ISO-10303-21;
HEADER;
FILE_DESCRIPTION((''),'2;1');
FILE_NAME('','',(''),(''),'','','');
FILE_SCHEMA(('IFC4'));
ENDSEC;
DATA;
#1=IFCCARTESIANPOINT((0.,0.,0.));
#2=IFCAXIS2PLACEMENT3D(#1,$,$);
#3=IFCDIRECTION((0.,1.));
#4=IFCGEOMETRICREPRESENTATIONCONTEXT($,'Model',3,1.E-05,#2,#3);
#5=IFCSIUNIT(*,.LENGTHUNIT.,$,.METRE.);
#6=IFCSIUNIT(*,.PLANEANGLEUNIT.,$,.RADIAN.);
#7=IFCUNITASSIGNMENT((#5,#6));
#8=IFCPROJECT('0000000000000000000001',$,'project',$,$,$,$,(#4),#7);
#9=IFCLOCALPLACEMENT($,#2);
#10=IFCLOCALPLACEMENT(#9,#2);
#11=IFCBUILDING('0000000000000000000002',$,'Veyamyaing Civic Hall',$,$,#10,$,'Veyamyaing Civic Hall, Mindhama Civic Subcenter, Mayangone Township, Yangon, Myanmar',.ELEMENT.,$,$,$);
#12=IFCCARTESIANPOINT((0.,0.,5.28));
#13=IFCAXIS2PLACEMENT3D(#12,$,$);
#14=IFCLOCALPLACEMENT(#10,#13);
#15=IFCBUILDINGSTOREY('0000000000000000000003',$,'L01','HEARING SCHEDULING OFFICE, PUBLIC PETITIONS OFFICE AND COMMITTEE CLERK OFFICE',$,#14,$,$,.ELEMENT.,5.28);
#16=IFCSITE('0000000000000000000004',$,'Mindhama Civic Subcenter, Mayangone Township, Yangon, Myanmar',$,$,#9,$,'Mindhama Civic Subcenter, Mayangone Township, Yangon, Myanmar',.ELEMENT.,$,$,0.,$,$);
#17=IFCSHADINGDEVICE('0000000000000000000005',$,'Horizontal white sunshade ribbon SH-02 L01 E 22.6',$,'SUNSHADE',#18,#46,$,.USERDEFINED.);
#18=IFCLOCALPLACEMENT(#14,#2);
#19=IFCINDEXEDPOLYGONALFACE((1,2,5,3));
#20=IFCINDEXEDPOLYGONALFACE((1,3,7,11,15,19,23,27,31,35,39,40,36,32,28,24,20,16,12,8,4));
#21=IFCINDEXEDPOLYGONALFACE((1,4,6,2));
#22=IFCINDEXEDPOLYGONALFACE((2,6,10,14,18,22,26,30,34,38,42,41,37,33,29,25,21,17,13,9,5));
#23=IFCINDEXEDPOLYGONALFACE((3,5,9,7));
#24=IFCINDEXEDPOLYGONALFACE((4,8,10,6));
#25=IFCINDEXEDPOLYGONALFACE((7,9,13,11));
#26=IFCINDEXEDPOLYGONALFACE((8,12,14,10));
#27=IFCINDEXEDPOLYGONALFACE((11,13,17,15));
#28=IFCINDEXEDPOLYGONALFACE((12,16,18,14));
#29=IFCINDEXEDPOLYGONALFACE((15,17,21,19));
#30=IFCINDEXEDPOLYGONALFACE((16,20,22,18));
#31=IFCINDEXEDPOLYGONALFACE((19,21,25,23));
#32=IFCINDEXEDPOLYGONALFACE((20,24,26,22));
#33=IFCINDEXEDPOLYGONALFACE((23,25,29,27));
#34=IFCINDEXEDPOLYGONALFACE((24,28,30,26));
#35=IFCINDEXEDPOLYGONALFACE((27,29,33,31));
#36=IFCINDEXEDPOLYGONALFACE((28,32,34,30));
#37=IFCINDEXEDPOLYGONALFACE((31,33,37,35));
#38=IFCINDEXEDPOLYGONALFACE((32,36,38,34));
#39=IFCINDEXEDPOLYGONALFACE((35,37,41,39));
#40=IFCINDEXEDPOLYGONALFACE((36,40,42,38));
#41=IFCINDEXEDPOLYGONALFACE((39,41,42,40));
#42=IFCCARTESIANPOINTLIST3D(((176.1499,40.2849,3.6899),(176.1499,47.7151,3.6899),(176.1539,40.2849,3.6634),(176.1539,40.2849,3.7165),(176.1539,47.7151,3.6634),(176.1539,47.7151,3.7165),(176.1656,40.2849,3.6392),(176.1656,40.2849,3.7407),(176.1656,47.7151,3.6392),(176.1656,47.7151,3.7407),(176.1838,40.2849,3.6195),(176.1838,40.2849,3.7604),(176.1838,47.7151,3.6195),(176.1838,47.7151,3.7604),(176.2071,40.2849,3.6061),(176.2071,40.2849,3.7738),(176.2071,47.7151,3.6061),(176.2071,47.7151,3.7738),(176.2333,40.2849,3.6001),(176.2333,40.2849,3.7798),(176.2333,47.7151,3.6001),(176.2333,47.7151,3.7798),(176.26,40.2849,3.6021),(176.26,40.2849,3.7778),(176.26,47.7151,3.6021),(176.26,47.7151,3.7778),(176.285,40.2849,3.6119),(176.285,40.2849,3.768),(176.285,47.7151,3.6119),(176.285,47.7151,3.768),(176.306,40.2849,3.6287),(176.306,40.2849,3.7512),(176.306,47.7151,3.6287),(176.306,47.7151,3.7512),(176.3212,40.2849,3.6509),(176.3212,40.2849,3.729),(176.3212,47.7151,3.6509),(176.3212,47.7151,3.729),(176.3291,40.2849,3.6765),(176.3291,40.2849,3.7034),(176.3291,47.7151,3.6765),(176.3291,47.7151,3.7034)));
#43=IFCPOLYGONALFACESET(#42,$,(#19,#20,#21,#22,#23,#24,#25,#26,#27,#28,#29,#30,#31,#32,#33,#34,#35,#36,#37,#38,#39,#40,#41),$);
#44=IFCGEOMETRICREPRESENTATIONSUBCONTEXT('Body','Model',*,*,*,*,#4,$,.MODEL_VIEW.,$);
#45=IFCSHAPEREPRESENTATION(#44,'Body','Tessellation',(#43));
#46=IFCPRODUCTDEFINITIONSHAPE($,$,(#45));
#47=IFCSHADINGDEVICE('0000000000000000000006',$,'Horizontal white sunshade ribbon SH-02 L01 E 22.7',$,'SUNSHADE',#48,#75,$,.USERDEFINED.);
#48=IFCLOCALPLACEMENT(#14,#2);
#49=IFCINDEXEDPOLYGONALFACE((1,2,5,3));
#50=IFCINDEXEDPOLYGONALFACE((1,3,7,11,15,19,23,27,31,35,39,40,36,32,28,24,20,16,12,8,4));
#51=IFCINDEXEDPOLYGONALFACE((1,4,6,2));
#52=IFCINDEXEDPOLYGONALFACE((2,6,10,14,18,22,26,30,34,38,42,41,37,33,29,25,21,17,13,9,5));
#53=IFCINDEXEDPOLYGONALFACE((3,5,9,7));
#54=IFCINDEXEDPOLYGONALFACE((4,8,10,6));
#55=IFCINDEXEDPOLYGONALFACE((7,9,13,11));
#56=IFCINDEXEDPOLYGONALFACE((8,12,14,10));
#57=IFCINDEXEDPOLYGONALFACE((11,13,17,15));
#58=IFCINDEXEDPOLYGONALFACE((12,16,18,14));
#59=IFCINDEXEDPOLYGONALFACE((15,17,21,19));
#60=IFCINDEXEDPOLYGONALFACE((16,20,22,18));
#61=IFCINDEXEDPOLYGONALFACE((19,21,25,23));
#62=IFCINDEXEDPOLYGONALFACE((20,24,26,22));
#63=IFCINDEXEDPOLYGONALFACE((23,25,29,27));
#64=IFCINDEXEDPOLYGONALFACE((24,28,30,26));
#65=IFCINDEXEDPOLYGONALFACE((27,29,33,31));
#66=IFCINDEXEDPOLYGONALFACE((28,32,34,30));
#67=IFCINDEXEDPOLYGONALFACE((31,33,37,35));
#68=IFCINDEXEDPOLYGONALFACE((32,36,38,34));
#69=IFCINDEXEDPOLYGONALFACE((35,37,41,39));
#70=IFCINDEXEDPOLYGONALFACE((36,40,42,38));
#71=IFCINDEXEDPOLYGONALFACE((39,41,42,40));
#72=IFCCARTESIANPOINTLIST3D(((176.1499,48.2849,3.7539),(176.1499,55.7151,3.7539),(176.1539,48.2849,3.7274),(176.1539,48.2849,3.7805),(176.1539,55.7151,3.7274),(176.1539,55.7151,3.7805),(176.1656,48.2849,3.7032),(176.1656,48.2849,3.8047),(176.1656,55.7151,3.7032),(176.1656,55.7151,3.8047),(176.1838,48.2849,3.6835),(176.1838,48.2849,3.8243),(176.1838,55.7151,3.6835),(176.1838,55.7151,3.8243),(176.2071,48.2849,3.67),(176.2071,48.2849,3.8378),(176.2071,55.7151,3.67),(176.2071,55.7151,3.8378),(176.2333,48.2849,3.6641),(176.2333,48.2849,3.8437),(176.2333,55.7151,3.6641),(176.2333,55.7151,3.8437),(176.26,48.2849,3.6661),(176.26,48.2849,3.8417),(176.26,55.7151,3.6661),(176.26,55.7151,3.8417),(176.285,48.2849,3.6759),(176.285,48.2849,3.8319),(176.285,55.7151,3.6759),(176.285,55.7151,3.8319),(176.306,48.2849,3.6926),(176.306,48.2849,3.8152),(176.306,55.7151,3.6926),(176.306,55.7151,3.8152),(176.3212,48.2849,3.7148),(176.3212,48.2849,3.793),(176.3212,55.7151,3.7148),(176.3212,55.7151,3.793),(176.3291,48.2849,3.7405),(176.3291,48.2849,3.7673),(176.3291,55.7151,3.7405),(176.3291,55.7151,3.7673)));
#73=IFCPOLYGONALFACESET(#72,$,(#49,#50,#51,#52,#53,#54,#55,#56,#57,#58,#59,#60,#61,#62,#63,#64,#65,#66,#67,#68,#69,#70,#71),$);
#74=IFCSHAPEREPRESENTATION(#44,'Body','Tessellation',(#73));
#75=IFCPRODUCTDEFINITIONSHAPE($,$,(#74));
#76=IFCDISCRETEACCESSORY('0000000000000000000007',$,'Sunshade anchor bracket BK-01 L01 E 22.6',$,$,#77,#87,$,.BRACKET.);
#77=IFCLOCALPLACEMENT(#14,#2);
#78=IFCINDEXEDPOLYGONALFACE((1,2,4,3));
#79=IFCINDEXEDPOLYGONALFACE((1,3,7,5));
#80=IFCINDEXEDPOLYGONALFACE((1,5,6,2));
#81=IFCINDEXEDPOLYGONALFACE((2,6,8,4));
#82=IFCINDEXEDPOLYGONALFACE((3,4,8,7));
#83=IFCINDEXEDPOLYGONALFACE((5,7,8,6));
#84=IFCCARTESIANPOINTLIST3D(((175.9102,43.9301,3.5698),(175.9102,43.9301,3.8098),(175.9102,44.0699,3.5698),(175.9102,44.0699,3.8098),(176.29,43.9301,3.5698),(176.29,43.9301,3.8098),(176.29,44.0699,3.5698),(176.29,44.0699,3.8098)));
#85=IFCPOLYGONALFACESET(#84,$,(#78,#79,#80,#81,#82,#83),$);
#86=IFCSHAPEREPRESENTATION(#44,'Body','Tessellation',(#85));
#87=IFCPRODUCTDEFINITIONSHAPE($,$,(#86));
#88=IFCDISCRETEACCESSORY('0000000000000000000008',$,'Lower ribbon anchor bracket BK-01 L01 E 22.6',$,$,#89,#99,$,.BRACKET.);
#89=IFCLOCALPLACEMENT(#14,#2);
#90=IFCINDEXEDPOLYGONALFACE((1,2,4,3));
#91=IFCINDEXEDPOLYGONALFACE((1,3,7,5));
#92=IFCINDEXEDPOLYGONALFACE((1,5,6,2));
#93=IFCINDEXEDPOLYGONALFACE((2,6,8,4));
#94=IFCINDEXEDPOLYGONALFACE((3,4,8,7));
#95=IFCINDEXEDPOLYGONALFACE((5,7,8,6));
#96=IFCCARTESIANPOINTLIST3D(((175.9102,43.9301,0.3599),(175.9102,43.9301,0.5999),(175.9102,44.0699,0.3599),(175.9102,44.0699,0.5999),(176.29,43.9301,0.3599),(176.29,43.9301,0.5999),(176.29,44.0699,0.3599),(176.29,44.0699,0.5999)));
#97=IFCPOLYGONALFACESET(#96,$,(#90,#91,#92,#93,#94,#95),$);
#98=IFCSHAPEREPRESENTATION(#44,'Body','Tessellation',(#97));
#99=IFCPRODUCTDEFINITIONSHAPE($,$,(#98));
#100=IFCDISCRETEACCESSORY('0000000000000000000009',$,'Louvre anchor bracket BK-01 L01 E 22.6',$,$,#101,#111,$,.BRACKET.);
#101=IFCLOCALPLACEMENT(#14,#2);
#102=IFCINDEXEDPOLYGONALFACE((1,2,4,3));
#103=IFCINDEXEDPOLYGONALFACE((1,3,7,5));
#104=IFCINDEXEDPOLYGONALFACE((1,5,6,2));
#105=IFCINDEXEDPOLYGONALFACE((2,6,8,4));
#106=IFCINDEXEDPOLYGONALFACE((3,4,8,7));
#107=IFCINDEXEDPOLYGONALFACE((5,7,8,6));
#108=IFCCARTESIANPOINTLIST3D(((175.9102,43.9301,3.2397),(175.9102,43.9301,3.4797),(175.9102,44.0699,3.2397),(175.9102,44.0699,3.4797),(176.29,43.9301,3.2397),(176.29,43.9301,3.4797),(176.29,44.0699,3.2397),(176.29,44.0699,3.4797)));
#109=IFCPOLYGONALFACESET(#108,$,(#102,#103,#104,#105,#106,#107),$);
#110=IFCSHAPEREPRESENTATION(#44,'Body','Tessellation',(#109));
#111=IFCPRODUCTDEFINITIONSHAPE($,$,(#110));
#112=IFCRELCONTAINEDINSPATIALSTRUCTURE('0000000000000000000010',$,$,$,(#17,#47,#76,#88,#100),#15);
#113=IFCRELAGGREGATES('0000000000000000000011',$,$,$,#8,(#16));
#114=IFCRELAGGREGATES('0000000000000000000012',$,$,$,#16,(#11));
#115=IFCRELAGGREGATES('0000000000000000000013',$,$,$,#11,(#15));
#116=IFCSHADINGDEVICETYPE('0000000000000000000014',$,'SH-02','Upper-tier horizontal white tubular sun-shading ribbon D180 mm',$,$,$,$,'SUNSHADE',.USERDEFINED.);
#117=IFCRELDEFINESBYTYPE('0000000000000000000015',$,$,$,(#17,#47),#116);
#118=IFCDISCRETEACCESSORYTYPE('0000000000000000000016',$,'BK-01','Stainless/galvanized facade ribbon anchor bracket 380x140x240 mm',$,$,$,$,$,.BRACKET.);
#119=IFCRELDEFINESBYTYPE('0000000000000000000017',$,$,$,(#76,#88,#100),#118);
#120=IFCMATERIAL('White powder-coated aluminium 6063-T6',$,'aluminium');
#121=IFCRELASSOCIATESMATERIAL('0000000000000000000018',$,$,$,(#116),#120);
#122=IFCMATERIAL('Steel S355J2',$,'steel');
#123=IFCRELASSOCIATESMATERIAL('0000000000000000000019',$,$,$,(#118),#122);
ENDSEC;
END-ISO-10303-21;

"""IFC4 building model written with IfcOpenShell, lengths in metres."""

from ifc_helpers import new_model, si_unit, direction, frame, origin, origin_2d, place, context, subcontext, project, spatial, rectangle, circle, extrude, material, material_profile, profile_set, type_object, element, save


model = new_model("IFC4")

# Units and contexts
model_context = context("Model", 3, precision=1e-05, world=origin(), true_north=direction((0.0, 1.0)))
body_context = subcontext(model_context, "Body", "Model", "MODEL_VIEW")
ifc_project = project(units=[si_unit("LENGTHUNIT", "METRE"), si_unit("PLANEANGLEUNIT", "RADIAN")], contexts=[model_context])

# Site, building, storey
site_placement = place(None, origin())
site = spatial("IfcSite", under=ifc_project, at=site_placement, Name="Mindhama Civic Subcenter, Mayangone Township, Yangon, Myanmar", LongName="Mindhama Civic Subcenter, Mayangone Township, Yangon, Myanmar", CompositionType="ELEMENT", RefElevation=0.0)
building_placement = place(site_placement, origin())
building = spatial("IfcBuilding", under=site, at=building_placement, Name="Veyamyaing Civic Hall", LongName="Veyamyaing Civic Hall, Mindhama Civic Subcenter, Mayangone Township, Yangon, Myanmar", CompositionType="ELEMENT")
storey_placement = place(building_placement, frame((0.0, 0.0, 5.28)))
storey = spatial("IfcBuildingStorey", under=building, at=storey_placement, Name="L01", Description="HEARING SCHEDULING OFFICE, PUBLIC PETITIONS OFFICE AND COMMITTEE CLERK OFFICE", CompositionType="ELEMENT", Elevation=5.28)

# Shared definitions
ifc_material_1 = material(Name="White powder-coated aluminium 6063-T6", Category="aluminium")

# Shading devices
ifc_material_profile_1 = material_profile(ifc_material_1, circle(Radius=0.0901, at=origin_2d()), Name="SHADE-TUBE-180")
ifc_profile_set_1 = profile_set([ifc_material_profile_1], Name="White powder-coated aluminium 6063-T6")
shading_device_type_1 = type_object("IfcShadingDeviceType", Name="SH-02", Description="Upper-tier horizontal white tubular sun-shading ribbon D180 mm", ElementType="SUNSHADE", PredefinedType="USERDEFINED", material=ifc_profile_set_1)
for number, where, z_axis, x_axis, name in (
    (1, (176.24, 40.2849, 3.6899), (0.0, 1.0, 0.0), (-1.0, 0.0, 0.0), "Horizontal white sunshade ribbon SH-02 L01 E 22.6"),
    (2, (176.24, 48.2849, 3.7539), (0.0, 1.0, 0.0), (-1.0, 0.0, 0.0), "Horizontal white sunshade ribbon SH-02 L01 E 22.7"),
):
    element("IfcShadingDevice", number, at=place(storey_placement, frame(where, z_axis=z_axis, x_axis=x_axis)), inside=storey, type_object=shading_device_type_1, Name=name, ObjectType="SUNSHADE", PredefinedType="USERDEFINED", context=body_context, shape_type="SweptSolid", body=[
        extrude(circle(Radius=0.0901, at=origin_2d()), origin(), (0.0, 0.0, 1.0), 7.4302),
    ])

# Discrete accessories
ifc_material_2 = material(Name="Steel S355J2", Category="steel")
discrete_accessory_type = type_object("IfcDiscreteAccessoryType", Name="BK-01", Description="Stainless/galvanized facade ribbon anchor bracket 380x140x240 mm", PredefinedType="BRACKET", material=ifc_material_2)
for number, where, z_axis, x_axis, name in (
    (3, (176.1001, 44.0, 3.5698), (0.0, 0.0, 1.0), (1.0, 0.0, 0.0), "Sunshade anchor bracket BK-01 L01 E 22.6"),
    (4, (176.1001, 44.0, 0.3599), (0.0, 0.0, 1.0), (1.0, 0.0, 0.0), "Lower ribbon anchor bracket BK-01 L01 E 22.6"),
    (5, (176.1001, 44.0, 3.2397), (0.0, 0.0, 1.0), (1.0, 0.0, 0.0), "Louvre anchor bracket BK-01 L01 E 22.6"),
):
    element("IfcDiscreteAccessory", number, at=place(storey_placement, frame(where, z_axis=z_axis, x_axis=x_axis)), inside=storey, type_object=discrete_accessory_type, Name=name, PredefinedType="BRACKET", context=body_context, shape_type="SweptSolid", body=[
        extrude(rectangle(XDim=0.3799, YDim=0.1399, at=origin_2d()), origin(), (0.0, 0.0, 1.0), 0.24),
    ])

save(model, "model.ifc")
